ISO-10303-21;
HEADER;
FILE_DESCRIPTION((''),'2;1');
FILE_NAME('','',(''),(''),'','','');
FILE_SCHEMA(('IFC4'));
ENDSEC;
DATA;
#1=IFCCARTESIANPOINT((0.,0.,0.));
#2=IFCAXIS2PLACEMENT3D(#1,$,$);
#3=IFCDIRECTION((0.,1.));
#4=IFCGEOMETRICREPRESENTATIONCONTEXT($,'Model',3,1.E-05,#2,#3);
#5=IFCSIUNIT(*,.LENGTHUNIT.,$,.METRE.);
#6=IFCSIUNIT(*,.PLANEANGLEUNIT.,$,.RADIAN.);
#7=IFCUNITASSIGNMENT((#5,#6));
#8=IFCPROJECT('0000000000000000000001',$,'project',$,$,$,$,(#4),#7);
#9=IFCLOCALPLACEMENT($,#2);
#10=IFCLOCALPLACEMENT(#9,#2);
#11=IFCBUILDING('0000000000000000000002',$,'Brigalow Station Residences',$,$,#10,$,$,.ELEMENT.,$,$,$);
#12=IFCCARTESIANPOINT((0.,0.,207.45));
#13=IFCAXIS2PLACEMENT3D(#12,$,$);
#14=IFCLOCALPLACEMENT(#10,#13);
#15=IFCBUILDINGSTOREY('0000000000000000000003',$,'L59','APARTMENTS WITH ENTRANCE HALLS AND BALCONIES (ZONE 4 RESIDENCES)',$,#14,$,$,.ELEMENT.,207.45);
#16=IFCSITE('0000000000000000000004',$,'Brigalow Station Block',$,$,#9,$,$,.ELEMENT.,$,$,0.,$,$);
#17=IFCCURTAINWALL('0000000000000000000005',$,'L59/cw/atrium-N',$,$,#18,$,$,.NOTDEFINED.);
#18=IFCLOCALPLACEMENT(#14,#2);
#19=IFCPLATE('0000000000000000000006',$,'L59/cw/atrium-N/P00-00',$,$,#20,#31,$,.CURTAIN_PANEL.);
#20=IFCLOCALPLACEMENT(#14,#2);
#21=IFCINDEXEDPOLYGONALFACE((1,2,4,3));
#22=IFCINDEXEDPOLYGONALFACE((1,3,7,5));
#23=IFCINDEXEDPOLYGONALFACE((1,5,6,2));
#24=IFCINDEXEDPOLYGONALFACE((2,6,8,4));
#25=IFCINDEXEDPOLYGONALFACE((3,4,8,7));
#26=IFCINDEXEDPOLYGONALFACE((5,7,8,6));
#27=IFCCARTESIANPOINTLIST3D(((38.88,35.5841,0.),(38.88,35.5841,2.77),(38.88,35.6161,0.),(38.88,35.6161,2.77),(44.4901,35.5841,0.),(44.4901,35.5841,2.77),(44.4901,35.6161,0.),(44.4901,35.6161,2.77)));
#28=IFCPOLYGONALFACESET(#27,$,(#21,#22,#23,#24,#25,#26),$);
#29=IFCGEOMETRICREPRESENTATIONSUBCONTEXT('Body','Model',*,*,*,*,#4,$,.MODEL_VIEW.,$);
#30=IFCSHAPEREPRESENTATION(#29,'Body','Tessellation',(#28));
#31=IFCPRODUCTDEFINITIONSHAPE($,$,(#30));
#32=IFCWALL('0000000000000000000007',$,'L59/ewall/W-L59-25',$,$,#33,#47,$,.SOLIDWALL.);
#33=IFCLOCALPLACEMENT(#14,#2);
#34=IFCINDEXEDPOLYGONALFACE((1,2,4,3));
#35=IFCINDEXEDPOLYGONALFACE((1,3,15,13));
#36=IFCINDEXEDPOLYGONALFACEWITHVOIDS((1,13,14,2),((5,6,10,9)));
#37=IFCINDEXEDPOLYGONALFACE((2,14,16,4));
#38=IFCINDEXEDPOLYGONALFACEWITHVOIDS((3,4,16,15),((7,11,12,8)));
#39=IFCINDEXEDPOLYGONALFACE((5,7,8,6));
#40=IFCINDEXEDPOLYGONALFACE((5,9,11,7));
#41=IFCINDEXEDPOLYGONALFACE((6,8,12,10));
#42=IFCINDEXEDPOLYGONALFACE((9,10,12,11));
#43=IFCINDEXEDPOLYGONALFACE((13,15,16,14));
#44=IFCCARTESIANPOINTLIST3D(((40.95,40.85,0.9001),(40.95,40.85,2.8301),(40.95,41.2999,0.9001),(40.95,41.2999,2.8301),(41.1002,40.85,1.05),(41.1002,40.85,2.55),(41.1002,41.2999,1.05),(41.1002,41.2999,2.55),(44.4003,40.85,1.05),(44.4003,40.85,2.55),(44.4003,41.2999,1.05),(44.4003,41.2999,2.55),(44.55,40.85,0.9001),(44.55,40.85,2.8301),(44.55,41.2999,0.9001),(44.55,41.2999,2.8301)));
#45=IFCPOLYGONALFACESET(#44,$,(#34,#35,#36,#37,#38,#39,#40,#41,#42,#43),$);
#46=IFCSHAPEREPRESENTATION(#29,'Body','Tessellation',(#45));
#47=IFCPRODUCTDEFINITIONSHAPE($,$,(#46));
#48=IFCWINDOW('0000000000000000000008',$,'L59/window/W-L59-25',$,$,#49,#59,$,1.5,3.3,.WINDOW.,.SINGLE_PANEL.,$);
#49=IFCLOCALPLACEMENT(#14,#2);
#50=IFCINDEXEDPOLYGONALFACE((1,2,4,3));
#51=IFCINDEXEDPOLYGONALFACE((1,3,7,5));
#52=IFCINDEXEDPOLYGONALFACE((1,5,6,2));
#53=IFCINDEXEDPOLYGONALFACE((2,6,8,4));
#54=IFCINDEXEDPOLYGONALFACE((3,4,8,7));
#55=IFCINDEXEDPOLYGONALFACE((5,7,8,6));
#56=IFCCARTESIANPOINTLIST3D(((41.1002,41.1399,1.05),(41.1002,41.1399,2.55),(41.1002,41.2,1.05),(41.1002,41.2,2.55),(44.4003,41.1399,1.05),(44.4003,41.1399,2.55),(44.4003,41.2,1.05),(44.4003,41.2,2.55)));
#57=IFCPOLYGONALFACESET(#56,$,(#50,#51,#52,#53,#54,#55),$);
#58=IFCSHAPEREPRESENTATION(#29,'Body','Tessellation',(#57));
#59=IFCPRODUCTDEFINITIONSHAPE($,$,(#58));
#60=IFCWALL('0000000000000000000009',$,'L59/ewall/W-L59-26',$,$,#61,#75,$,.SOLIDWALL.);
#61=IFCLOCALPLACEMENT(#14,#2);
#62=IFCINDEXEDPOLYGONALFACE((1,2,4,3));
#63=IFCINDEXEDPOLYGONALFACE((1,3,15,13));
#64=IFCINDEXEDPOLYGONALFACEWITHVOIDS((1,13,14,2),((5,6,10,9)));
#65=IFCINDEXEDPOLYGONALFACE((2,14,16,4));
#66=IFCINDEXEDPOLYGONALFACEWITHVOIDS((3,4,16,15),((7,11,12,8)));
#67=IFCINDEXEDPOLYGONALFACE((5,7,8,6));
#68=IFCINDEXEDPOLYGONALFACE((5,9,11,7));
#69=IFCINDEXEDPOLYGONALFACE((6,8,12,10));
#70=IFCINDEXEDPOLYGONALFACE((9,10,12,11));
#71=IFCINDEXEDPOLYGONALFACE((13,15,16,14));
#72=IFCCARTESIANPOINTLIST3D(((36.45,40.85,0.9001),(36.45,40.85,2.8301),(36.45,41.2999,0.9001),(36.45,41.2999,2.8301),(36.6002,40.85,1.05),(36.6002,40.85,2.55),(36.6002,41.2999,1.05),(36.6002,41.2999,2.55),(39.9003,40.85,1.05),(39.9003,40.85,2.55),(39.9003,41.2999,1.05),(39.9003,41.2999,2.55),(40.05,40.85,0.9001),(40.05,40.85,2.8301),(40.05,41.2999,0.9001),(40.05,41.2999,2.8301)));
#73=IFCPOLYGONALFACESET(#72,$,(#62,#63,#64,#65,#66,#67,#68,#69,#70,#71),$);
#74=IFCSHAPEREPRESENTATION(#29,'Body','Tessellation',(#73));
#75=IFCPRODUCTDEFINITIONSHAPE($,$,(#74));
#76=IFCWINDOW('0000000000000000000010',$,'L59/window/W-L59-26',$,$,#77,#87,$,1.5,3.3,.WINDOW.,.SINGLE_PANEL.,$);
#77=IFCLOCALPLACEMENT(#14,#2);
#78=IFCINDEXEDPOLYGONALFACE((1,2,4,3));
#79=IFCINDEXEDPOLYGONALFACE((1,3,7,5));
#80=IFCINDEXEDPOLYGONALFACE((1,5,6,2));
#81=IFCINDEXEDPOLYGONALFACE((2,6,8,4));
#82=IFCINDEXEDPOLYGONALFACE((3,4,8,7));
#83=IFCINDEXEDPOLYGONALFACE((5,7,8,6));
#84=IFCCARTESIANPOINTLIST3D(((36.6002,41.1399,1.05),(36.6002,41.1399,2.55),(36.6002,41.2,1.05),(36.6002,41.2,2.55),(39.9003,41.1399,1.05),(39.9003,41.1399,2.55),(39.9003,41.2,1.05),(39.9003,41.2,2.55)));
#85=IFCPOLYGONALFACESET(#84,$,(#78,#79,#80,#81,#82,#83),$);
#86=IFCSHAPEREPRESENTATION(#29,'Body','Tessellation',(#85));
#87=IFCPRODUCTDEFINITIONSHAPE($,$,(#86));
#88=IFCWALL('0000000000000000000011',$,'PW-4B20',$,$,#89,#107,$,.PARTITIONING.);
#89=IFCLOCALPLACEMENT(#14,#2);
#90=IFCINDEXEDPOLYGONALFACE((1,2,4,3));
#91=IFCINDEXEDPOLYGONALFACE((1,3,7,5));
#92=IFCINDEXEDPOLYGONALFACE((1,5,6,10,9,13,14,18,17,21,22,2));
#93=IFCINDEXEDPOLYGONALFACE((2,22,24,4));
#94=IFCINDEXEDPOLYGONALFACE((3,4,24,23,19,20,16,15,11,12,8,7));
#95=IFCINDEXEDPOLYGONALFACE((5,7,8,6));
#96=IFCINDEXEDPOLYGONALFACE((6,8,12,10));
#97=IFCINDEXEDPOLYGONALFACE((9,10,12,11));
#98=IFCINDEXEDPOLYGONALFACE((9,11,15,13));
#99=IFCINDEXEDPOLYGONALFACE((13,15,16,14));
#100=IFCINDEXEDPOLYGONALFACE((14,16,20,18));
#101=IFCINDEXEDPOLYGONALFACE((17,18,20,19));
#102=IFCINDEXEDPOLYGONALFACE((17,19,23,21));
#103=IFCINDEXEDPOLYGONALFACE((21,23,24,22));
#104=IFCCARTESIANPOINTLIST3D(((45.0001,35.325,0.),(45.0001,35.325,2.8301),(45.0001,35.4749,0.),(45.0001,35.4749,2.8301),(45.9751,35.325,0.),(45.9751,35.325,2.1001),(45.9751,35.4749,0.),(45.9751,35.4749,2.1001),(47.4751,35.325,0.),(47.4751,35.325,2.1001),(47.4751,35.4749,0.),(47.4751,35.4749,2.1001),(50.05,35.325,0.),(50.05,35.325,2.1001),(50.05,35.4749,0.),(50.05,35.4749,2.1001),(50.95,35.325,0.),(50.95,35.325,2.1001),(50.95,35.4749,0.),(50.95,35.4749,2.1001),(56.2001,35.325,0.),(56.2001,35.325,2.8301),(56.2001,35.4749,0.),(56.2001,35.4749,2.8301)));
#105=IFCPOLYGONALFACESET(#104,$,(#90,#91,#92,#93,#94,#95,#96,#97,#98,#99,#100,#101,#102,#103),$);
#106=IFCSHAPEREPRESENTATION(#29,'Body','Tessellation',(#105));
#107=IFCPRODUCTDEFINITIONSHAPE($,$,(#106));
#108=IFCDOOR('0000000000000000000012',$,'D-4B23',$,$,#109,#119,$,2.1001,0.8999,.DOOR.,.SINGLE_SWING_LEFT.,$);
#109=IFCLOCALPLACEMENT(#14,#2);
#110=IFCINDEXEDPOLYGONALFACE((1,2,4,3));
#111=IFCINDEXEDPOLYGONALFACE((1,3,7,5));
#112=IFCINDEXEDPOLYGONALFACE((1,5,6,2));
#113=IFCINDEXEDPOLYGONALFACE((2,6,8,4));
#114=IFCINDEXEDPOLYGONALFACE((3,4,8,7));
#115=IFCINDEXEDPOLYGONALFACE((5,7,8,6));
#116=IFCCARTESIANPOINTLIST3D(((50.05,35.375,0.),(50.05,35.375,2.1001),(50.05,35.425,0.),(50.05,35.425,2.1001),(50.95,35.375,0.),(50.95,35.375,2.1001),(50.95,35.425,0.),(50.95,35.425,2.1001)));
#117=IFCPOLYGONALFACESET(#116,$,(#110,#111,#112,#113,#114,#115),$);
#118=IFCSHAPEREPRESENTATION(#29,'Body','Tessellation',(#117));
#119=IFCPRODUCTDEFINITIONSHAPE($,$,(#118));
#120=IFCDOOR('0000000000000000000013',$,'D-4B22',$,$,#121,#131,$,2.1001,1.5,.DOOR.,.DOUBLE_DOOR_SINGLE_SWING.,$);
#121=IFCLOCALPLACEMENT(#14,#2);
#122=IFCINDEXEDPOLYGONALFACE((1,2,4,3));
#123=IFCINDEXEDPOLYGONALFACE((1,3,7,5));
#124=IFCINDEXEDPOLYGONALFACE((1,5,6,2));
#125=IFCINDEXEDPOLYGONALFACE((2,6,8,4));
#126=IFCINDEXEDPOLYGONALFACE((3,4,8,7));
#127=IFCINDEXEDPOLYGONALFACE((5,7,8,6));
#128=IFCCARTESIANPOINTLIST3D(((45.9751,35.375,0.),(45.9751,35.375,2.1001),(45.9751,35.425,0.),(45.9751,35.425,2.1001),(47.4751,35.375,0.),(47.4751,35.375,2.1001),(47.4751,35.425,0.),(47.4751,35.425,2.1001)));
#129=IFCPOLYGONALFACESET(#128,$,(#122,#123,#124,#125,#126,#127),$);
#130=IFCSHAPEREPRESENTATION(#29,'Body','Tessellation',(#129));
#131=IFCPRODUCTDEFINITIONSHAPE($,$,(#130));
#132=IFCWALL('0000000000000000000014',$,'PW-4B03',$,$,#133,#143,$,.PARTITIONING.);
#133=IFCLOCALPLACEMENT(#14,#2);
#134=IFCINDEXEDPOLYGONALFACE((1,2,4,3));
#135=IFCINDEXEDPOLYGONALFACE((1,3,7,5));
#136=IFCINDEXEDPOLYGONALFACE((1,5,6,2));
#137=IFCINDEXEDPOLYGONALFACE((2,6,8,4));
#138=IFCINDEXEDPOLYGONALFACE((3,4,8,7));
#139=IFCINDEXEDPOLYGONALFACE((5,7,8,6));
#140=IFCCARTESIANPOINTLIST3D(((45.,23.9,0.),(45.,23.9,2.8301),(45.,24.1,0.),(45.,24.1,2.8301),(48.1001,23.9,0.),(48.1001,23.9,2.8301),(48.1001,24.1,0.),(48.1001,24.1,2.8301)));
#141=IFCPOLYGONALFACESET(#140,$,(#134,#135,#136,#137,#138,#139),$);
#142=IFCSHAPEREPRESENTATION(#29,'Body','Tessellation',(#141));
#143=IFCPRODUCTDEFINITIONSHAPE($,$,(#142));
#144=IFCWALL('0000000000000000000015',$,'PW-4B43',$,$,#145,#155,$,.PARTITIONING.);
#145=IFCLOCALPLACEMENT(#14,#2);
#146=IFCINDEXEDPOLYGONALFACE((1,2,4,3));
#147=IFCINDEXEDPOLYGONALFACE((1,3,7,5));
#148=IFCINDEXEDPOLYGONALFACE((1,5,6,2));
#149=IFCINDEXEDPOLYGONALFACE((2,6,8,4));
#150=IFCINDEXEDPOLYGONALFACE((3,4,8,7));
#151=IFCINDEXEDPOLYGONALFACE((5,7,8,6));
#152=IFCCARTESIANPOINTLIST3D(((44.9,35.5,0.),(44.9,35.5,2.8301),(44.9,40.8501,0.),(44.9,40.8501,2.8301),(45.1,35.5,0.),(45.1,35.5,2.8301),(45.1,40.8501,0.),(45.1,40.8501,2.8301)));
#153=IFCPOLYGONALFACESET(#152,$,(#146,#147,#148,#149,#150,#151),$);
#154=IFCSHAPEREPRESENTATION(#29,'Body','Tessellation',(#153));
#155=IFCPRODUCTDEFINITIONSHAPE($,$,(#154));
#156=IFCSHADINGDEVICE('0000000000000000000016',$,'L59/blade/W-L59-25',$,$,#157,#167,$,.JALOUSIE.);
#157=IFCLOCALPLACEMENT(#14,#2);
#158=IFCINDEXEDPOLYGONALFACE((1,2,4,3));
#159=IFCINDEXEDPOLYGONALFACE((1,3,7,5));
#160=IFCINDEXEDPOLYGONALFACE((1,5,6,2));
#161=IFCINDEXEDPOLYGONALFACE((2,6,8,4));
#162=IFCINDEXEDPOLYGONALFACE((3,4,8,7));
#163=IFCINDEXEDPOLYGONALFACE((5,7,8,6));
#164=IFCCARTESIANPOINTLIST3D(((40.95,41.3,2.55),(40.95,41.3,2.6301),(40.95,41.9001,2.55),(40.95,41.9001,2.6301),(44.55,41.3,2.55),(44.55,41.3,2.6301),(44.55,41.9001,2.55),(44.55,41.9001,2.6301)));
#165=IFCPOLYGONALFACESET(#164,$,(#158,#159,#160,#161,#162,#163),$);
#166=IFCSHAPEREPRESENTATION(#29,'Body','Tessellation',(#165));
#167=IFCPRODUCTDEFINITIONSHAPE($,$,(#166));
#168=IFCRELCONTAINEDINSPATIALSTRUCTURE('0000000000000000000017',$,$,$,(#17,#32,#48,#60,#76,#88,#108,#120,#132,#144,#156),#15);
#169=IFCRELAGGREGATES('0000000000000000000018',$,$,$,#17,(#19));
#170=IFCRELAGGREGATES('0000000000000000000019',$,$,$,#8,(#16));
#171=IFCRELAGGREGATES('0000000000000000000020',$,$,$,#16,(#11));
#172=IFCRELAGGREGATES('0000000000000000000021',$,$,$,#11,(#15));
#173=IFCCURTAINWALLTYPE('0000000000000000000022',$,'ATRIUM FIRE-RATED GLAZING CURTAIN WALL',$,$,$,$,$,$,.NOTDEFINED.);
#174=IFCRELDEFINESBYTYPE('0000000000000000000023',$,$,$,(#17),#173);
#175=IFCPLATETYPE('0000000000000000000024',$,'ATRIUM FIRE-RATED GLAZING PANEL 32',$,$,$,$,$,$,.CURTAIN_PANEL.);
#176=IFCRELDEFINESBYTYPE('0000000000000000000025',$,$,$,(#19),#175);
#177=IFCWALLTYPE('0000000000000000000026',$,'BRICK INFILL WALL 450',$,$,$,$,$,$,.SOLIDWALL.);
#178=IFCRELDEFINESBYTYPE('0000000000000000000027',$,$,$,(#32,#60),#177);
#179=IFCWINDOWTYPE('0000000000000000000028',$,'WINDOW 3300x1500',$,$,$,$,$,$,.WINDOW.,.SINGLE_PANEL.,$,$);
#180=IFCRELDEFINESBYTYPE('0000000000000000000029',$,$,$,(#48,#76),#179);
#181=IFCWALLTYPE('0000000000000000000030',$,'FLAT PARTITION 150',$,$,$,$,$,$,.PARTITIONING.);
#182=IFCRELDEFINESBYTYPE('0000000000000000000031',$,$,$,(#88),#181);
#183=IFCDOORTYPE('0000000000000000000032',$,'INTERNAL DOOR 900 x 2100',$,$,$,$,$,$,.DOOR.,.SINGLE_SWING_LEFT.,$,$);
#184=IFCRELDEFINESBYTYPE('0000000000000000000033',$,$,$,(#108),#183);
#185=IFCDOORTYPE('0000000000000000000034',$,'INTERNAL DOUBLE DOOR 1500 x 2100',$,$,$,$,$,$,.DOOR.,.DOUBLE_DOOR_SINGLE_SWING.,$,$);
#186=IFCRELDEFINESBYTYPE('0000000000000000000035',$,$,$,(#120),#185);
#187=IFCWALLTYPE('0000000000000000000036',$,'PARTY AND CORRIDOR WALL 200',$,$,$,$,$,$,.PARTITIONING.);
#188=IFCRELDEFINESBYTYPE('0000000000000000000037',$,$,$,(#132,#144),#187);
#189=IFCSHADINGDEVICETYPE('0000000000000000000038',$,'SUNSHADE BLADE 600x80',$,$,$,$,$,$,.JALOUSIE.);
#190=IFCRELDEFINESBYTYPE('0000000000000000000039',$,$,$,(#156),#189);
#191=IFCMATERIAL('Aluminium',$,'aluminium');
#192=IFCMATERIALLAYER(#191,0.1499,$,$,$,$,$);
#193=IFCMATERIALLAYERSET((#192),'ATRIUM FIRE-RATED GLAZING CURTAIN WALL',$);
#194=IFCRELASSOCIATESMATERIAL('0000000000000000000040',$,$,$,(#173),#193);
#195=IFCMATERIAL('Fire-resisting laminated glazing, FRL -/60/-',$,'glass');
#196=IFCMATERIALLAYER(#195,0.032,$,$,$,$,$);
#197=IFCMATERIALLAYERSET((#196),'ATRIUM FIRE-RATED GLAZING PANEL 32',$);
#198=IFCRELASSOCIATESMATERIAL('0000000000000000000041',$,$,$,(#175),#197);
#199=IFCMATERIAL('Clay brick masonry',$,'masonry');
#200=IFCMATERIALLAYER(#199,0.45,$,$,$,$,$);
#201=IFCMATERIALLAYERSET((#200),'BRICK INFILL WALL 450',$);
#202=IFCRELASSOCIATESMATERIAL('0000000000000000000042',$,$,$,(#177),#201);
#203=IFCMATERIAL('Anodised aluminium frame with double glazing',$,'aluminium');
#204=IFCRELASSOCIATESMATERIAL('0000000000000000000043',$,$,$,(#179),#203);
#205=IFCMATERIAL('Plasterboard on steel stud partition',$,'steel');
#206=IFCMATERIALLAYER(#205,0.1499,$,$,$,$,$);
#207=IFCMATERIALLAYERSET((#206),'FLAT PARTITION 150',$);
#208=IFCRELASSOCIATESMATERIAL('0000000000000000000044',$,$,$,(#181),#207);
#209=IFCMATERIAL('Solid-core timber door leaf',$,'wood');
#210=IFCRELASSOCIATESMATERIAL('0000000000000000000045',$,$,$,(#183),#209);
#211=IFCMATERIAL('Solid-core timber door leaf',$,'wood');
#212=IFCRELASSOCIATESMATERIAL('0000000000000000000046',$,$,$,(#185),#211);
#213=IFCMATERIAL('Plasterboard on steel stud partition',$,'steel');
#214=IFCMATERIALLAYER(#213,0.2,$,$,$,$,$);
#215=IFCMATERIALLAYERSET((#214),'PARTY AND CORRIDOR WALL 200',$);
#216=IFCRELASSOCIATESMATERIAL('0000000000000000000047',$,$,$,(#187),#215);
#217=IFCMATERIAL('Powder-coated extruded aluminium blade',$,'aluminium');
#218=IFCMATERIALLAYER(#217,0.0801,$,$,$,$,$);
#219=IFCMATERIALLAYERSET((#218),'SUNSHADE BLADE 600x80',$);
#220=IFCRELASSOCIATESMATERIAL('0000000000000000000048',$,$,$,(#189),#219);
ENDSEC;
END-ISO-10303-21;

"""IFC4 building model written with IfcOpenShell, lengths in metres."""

from ifc_helpers import new_model, si_unit, direction, frame, frame_2d, origin, origin_2d, place, context, subcontext, project, spatial, rectangle, extrude, material, layer, layer_set, type_object, element, fill, aggregate, save


model = new_model("IFC4")

# Units and contexts
model_context = context("Model", 3, precision=1e-05, world=origin(), true_north=direction((0.0, 1.0)))
body_context = subcontext(model_context, "Body", "Model", "MODEL_VIEW")
ifc_project = project(units=[si_unit("LENGTHUNIT", "METRE"), si_unit("PLANEANGLEUNIT", "RADIAN")], contexts=[model_context])

# Site, building, storey
site_placement = place(None, origin())
site = spatial("IfcSite", under=ifc_project, at=site_placement, Name="Brigalow Station Block", CompositionType="ELEMENT", RefElevation=0.0)
building_placement = place(site_placement, origin())
building = spatial("IfcBuilding", under=site, at=building_placement, Name="Brigalow Station Residences", CompositionType="ELEMENT")
storey_placement = place(building_placement, frame((0.0, 0.0, 207.45)))
storey = spatial("IfcBuildingStorey", under=building, at=storey_placement, Name="L59", Description="APARTMENTS WITH ENTRANCE HALLS AND BALCONIES (ZONE 4 RESIDENCES)", CompositionType="ELEMENT", Elevation=207.45)

# Shared definitions
ifc_material_1 = material(Name="Aluminium", Category="aluminium")
ifc_layer_1 = layer(ifc_material_1, 0.1499)
ifc_layer_set_1 = layer_set([ifc_layer_1], Name="ATRIUM FIRE-RATED GLAZING CURTAIN WALL")
curtain_wall_type = type_object("IfcCurtainWallType", Name="ATRIUM FIRE-RATED GLAZING CURTAIN WALL", PredefinedType="NOTDEFINED", material=ifc_layer_set_1)

# Curtain wall
curtain_wall_1_placement = place(storey_placement, origin())
curtain_wall_1 = element("IfcCurtainWall", 1, at=curtain_wall_1_placement, inside=storey, type_object=curtain_wall_type, Name="L59/cw/atrium-N", PredefinedType="NOTDEFINED")

# Plate
ifc_material_2 = material(Name="Fire-resisting laminated glazing, FRL -/60/-", Category="glass")
ifc_layer_2 = layer(ifc_material_2, 0.032)
ifc_layer_set_2 = layer_set([ifc_layer_2], Name="ATRIUM FIRE-RATED GLAZING PANEL 32")
plate_type = type_object("IfcPlateType", Name="ATRIUM FIRE-RATED GLAZING PANEL 32", PredefinedType="CURTAIN_PANEL", material=ifc_layer_set_2)
plate_1_placement = place(storey_placement, frame((41.6851, 35.6001, 0.0), z_axis=(0.0, 0.0, 1.0), x_axis=(-1.0, 0.0, 0.0)))
plate_1 = element("IfcPlate", 2, at=plate_1_placement, type_object=plate_type, Name="L59/cw/atrium-N/P00-00", PredefinedType="CURTAIN_PANEL", context=body_context, shape_type="SweptSolid", body=[
    extrude(rectangle(XDim=5.6101, YDim=0.032, at=origin_2d()), origin(), (0.0, 0.0, 1.0), 2.77),
])
aggregate(curtain_wall_1, [plate_1])

# Walls, openings, windows
ifc_material_3 = material(Name="Clay brick masonry", Category="masonry")
ifc_layer_3 = layer(ifc_material_3, 0.45)
ifc_layer_set_3 = layer_set([ifc_layer_3], Name="BRICK INFILL WALL 450")
wall_type_1 = type_object("IfcWallType", Name="BRICK INFILL WALL 450", PredefinedType="SOLIDWALL", material=ifc_layer_set_3)
wall_1_placement = place(storey_placement, frame((44.55, 41.075, 0.9001), z_axis=(0.0, 0.0, 1.0), x_axis=(-1.0, 0.0, 0.0)))
wall_1 = element("IfcWall", 3, at=wall_1_placement, inside=storey, type_object=wall_type_1, Name="L59/ewall/W-L59-25", PredefinedType="SOLIDWALL", context=body_context, shape_type="SweptSolid", body=[
    extrude(rectangle(XDim=3.6001, YDim=0.45, at=frame_2d((1.8, 0.0))), origin(), (0.0, 0.0, 1.0), 1.9299),
])
opening_1_placement = place(wall_1_placement, frame((0.1499, 0.0, 0.1499)))
opening_1 = element("IfcOpeningElement", 4, at=opening_1_placement, cuts=wall_1, PredefinedType="OPENING", context=body_context, shape_type="SweptSolid", body=[
    extrude(rectangle(XDim=3.3, YDim=1.5, at=frame_2d((1.6499, 0.75))), frame((0.0, 0.2349, 0.0), z_axis=(0.0, -1.0, 0.0), x_axis=(1.0, 0.0, 0.0)), (0.0, 0.0, 1.0), 0.47),
])
ifc_material_4 = material(Name="Anodised aluminium frame with double glazing", Category="aluminium")
window_type = type_object("IfcWindowType", Name="WINDOW 3300x1500", PartitioningType="SINGLE_PANEL", PredefinedType="WINDOW", material=ifc_material_4)
window_1_placement = place(opening_1_placement, origin())
window_1 = element("IfcWindow", 5, at=window_1_placement, inside=storey, type_object=window_type, Name="L59/window/W-L59-25", OverallHeight=1.5, OverallWidth=3.3, PartitioningType="SINGLE_PANEL", PredefinedType="WINDOW", context=body_context, shape_type="SweptSolid", body=[
    extrude(rectangle(XDim=3.3, YDim=1.5, at=frame_2d((1.6499, 0.75))), frame((0.0, -0.0649, 0.0), z_axis=(0.0, -1.0, 0.0), x_axis=(1.0, 0.0, 0.0)), (0.0, 0.0, 1.0), 0.0601),
])
fill(opening_1, window_1)
wall_2_placement = place(storey_placement, frame((40.05, 41.075, 0.9001), z_axis=(0.0, 0.0, 1.0), x_axis=(-1.0, 0.0, 0.0)))
wall_2 = element("IfcWall", 6, at=wall_2_placement, inside=storey, type_object=wall_type_1, Name="L59/ewall/W-L59-26", PredefinedType="SOLIDWALL", context=body_context, shape_type="SweptSolid", body=[
    extrude(rectangle(XDim=3.6001, YDim=0.45, at=frame_2d((1.8, 0.0))), origin(), (0.0, 0.0, 1.0), 1.9299),
])
opening_2_placement = place(wall_2_placement, frame((0.1499, 0.0, 0.1499)))
opening_2 = element("IfcOpeningElement", 7, at=opening_2_placement, cuts=wall_2, PredefinedType="OPENING", context=body_context, shape_type="SweptSolid", body=[
    extrude(rectangle(XDim=3.3, YDim=1.5, at=frame_2d((1.6499, 0.75))), frame((0.0, 0.2349, 0.0), z_axis=(0.0, -1.0, 0.0), x_axis=(1.0, 0.0, 0.0)), (0.0, 0.0, 1.0), 0.47),
])
window_2_placement = place(opening_2_placement, origin())
window_2 = element("IfcWindow", 8, at=window_2_placement, inside=storey, type_object=window_type, Name="L59/window/W-L59-26", OverallHeight=1.5, OverallWidth=3.3, PartitioningType="SINGLE_PANEL", PredefinedType="WINDOW", context=body_context, shape_type="SweptSolid", body=[
    extrude(rectangle(XDim=3.3, YDim=1.5, at=frame_2d((1.6499, 0.75))), frame((0.0, -0.0649, 0.0), z_axis=(0.0, -1.0, 0.0), x_axis=(1.0, 0.0, 0.0)), (0.0, 0.0, 1.0), 0.0601),
])
fill(opening_2, window_2)

# Wall, openings, doors
ifc_material_5 = material(Name="Plasterboard on steel stud partition", Category="steel")
ifc_layer_4 = layer(ifc_material_5, 0.1499)
ifc_layer_set_4 = layer_set([ifc_layer_4], Name="FLAT PARTITION 150")
wall_type_2 = type_object("IfcWallType", Name="FLAT PARTITION 150", PredefinedType="PARTITIONING", material=ifc_layer_set_4)
wall_3_placement = place(storey_placement, frame((45.0, 35.3999, 0.0), z_axis=(0.0, 0.0, 1.0), x_axis=(1.0, 0.0, 0.0)))
wall_3 = element("IfcWall", 9, at=wall_3_placement, inside=storey, type_object=wall_type_2, Name="PW-4B20", PredefinedType="PARTITIONING", context=body_context, shape_type="SweptSolid", body=[
    extrude(rectangle(XDim=11.2, YDim=0.1499, at=frame_2d((5.6001, 0.0))), origin(), (0.0, 0.0, 1.0), 2.8301),
])
opening_3_placement = place(wall_3_placement, frame((0.9751, 0.0, 0.0)))
opening_3 = element("IfcOpeningElement", 10, at=opening_3_placement, cuts=wall_3, PredefinedType="OPENING", context=body_context, shape_type="SweptSolid", body=[
    extrude(rectangle(XDim=1.5, YDim=2.1001, at=frame_2d((0.75, 1.05))), frame((0.0, 0.085, 0.0), z_axis=(0.0, -1.0, 0.0), x_axis=(1.0, 0.0, 0.0)), (0.0, 0.0, 1.0), 0.1699),
])
opening_4_placement = place(wall_3_placement, frame((5.05, 0.0, 0.0)))
opening_4 = element("IfcOpeningElement", 11, at=opening_4_placement, cuts=wall_3, PredefinedType="OPENING", context=body_context, shape_type="SweptSolid", body=[
    extrude(rectangle(XDim=0.8999, YDim=2.1001, at=frame_2d((0.45, 1.05))), frame((0.0, 0.085, 0.0), z_axis=(0.0, -1.0, 0.0), x_axis=(1.0, 0.0, 0.0)), (0.0, 0.0, 1.0), 0.1699),
])
ifc_material_6 = material(Name="Solid-core timber door leaf", Category="wood")
door_type_1 = type_object("IfcDoorType", Name="INTERNAL DOOR 900 x 2100", OperationType="SINGLE_SWING_LEFT", PredefinedType="DOOR", material=ifc_material_6)
door_1_placement = place(opening_4_placement, frame((0.8999, 0.0, 0.0), z_axis=(0.0, 0.0, 1.0), x_axis=(-1.0, 0.0, 0.0)))
door_1 = element("IfcDoor", 12, at=door_1_placement, inside=storey, type_object=door_type_1, Name="D-4B23", OperationType="SINGLE_SWING_LEFT", OverallHeight=2.1001, OverallWidth=0.8999, PredefinedType="DOOR", context=body_context, shape_type="SweptSolid", body=[
    extrude(rectangle(XDim=0.8999, YDim=2.1001, at=frame_2d((0.45, 1.05))), frame((0.0, 0.0249, 0.0), z_axis=(0.0, -1.0, 0.0), x_axis=(1.0, 0.0, 0.0)), (0.0, 0.0, 1.0), 0.05),
])
fill(opening_4, door_1)
ifc_material_7 = material(Name="Solid-core timber door leaf", Category="wood")
door_type_2 = type_object("IfcDoorType", Name="INTERNAL DOUBLE DOOR 1500 x 2100", OperationType="DOUBLE_DOOR_SINGLE_SWING", PredefinedType="DOOR", material=ifc_material_7)
door_2_placement = place(opening_3_placement, frame((1.5, 0.0, 0.0), z_axis=(0.0, 0.0, 1.0), x_axis=(-1.0, 0.0, 0.0)))
door_2 = element("IfcDoor", 13, at=door_2_placement, inside=storey, type_object=door_type_2, Name="D-4B22", OperationType="DOUBLE_DOOR_SINGLE_SWING", OverallHeight=2.1001, OverallWidth=1.5, PredefinedType="DOOR", context=body_context, shape_type="SweptSolid", body=[
    extrude(rectangle(XDim=1.5, YDim=2.1001, at=frame_2d((0.75, 1.05))), frame((0.0, 0.0249, 0.0), z_axis=(0.0, -1.0, 0.0), x_axis=(1.0, 0.0, 0.0)), (0.0, 0.0, 1.0), 0.05),
])
fill(opening_3, door_2)

# Walls
ifc_material_8 = material(Name="Plasterboard on steel stud partition", Category="steel")
ifc_layer_5 = layer(ifc_material_8, 0.2)
ifc_layer_set_5 = layer_set([ifc_layer_5], Name="PARTY AND CORRIDOR WALL 200")
wall_type_3 = type_object("IfcWallType", Name="PARTY AND CORRIDOR WALL 200", PredefinedType="PARTITIONING", material=ifc_layer_set_5)
wall_4_placement = place(storey_placement, frame((45.0, 24.0, 0.0), z_axis=(0.0, 0.0, 1.0), x_axis=(1.0, 0.0, 0.0)))
element("IfcWall", 14, at=wall_4_placement, inside=storey, type_object=wall_type_3, Name="PW-4B03", PredefinedType="PARTITIONING", context=body_context, shape_type="SweptSolid", body=[
    extrude(rectangle(XDim=3.1001, YDim=0.2, at=frame_2d((1.55, 0.0))), origin(), (0.0, 0.0, 1.0), 2.8301),
])
wall_5_placement = place(storey_placement, frame((45.0, 35.5, 0.0), z_axis=(0.0, 0.0, 1.0), x_axis=(0.0, 1.0, 0.0)))
element("IfcWall", 15, at=wall_5_placement, inside=storey, type_object=wall_type_3, Name="PW-4B43", PredefinedType="PARTITIONING", context=body_context, shape_type="SweptSolid", body=[
    extrude(rectangle(XDim=5.3501, YDim=0.2, at=frame_2d((2.675, 0.0))), origin(), (0.0, 0.0, 1.0), 2.8301),
])

# Shading device
ifc_material_9 = material(Name="Powder-coated extruded aluminium blade", Category="aluminium")
ifc_layer_6 = layer(ifc_material_9, 0.0801)
ifc_layer_set_6 = layer_set([ifc_layer_6], Name="SUNSHADE BLADE 600x80")
shading_device_type = type_object("IfcShadingDeviceType", Name="SUNSHADE BLADE 600x80", PredefinedType="JALOUSIE", material=ifc_layer_set_6)
for number, where, z_axis, x_axis, name in (
    (16, (42.75, 41.6001, 2.55), (0.0, 0.0, 1.0), (-1.0, 0.0, 0.0), "L59/blade/W-L59-25"),
):
    element("IfcShadingDevice", number, at=place(storey_placement, frame(where, z_axis=z_axis, x_axis=x_axis)), inside=storey, type_object=shading_device_type, Name=name, PredefinedType="JALOUSIE", context=body_context, shape_type="SweptSolid", body=[
        extrude(rectangle(XDim=3.6001, YDim=0.6001, at=origin_2d()), origin(), (0.0, 0.0, 1.0), 0.0801),
    ])

save(model, "model.ifc")
